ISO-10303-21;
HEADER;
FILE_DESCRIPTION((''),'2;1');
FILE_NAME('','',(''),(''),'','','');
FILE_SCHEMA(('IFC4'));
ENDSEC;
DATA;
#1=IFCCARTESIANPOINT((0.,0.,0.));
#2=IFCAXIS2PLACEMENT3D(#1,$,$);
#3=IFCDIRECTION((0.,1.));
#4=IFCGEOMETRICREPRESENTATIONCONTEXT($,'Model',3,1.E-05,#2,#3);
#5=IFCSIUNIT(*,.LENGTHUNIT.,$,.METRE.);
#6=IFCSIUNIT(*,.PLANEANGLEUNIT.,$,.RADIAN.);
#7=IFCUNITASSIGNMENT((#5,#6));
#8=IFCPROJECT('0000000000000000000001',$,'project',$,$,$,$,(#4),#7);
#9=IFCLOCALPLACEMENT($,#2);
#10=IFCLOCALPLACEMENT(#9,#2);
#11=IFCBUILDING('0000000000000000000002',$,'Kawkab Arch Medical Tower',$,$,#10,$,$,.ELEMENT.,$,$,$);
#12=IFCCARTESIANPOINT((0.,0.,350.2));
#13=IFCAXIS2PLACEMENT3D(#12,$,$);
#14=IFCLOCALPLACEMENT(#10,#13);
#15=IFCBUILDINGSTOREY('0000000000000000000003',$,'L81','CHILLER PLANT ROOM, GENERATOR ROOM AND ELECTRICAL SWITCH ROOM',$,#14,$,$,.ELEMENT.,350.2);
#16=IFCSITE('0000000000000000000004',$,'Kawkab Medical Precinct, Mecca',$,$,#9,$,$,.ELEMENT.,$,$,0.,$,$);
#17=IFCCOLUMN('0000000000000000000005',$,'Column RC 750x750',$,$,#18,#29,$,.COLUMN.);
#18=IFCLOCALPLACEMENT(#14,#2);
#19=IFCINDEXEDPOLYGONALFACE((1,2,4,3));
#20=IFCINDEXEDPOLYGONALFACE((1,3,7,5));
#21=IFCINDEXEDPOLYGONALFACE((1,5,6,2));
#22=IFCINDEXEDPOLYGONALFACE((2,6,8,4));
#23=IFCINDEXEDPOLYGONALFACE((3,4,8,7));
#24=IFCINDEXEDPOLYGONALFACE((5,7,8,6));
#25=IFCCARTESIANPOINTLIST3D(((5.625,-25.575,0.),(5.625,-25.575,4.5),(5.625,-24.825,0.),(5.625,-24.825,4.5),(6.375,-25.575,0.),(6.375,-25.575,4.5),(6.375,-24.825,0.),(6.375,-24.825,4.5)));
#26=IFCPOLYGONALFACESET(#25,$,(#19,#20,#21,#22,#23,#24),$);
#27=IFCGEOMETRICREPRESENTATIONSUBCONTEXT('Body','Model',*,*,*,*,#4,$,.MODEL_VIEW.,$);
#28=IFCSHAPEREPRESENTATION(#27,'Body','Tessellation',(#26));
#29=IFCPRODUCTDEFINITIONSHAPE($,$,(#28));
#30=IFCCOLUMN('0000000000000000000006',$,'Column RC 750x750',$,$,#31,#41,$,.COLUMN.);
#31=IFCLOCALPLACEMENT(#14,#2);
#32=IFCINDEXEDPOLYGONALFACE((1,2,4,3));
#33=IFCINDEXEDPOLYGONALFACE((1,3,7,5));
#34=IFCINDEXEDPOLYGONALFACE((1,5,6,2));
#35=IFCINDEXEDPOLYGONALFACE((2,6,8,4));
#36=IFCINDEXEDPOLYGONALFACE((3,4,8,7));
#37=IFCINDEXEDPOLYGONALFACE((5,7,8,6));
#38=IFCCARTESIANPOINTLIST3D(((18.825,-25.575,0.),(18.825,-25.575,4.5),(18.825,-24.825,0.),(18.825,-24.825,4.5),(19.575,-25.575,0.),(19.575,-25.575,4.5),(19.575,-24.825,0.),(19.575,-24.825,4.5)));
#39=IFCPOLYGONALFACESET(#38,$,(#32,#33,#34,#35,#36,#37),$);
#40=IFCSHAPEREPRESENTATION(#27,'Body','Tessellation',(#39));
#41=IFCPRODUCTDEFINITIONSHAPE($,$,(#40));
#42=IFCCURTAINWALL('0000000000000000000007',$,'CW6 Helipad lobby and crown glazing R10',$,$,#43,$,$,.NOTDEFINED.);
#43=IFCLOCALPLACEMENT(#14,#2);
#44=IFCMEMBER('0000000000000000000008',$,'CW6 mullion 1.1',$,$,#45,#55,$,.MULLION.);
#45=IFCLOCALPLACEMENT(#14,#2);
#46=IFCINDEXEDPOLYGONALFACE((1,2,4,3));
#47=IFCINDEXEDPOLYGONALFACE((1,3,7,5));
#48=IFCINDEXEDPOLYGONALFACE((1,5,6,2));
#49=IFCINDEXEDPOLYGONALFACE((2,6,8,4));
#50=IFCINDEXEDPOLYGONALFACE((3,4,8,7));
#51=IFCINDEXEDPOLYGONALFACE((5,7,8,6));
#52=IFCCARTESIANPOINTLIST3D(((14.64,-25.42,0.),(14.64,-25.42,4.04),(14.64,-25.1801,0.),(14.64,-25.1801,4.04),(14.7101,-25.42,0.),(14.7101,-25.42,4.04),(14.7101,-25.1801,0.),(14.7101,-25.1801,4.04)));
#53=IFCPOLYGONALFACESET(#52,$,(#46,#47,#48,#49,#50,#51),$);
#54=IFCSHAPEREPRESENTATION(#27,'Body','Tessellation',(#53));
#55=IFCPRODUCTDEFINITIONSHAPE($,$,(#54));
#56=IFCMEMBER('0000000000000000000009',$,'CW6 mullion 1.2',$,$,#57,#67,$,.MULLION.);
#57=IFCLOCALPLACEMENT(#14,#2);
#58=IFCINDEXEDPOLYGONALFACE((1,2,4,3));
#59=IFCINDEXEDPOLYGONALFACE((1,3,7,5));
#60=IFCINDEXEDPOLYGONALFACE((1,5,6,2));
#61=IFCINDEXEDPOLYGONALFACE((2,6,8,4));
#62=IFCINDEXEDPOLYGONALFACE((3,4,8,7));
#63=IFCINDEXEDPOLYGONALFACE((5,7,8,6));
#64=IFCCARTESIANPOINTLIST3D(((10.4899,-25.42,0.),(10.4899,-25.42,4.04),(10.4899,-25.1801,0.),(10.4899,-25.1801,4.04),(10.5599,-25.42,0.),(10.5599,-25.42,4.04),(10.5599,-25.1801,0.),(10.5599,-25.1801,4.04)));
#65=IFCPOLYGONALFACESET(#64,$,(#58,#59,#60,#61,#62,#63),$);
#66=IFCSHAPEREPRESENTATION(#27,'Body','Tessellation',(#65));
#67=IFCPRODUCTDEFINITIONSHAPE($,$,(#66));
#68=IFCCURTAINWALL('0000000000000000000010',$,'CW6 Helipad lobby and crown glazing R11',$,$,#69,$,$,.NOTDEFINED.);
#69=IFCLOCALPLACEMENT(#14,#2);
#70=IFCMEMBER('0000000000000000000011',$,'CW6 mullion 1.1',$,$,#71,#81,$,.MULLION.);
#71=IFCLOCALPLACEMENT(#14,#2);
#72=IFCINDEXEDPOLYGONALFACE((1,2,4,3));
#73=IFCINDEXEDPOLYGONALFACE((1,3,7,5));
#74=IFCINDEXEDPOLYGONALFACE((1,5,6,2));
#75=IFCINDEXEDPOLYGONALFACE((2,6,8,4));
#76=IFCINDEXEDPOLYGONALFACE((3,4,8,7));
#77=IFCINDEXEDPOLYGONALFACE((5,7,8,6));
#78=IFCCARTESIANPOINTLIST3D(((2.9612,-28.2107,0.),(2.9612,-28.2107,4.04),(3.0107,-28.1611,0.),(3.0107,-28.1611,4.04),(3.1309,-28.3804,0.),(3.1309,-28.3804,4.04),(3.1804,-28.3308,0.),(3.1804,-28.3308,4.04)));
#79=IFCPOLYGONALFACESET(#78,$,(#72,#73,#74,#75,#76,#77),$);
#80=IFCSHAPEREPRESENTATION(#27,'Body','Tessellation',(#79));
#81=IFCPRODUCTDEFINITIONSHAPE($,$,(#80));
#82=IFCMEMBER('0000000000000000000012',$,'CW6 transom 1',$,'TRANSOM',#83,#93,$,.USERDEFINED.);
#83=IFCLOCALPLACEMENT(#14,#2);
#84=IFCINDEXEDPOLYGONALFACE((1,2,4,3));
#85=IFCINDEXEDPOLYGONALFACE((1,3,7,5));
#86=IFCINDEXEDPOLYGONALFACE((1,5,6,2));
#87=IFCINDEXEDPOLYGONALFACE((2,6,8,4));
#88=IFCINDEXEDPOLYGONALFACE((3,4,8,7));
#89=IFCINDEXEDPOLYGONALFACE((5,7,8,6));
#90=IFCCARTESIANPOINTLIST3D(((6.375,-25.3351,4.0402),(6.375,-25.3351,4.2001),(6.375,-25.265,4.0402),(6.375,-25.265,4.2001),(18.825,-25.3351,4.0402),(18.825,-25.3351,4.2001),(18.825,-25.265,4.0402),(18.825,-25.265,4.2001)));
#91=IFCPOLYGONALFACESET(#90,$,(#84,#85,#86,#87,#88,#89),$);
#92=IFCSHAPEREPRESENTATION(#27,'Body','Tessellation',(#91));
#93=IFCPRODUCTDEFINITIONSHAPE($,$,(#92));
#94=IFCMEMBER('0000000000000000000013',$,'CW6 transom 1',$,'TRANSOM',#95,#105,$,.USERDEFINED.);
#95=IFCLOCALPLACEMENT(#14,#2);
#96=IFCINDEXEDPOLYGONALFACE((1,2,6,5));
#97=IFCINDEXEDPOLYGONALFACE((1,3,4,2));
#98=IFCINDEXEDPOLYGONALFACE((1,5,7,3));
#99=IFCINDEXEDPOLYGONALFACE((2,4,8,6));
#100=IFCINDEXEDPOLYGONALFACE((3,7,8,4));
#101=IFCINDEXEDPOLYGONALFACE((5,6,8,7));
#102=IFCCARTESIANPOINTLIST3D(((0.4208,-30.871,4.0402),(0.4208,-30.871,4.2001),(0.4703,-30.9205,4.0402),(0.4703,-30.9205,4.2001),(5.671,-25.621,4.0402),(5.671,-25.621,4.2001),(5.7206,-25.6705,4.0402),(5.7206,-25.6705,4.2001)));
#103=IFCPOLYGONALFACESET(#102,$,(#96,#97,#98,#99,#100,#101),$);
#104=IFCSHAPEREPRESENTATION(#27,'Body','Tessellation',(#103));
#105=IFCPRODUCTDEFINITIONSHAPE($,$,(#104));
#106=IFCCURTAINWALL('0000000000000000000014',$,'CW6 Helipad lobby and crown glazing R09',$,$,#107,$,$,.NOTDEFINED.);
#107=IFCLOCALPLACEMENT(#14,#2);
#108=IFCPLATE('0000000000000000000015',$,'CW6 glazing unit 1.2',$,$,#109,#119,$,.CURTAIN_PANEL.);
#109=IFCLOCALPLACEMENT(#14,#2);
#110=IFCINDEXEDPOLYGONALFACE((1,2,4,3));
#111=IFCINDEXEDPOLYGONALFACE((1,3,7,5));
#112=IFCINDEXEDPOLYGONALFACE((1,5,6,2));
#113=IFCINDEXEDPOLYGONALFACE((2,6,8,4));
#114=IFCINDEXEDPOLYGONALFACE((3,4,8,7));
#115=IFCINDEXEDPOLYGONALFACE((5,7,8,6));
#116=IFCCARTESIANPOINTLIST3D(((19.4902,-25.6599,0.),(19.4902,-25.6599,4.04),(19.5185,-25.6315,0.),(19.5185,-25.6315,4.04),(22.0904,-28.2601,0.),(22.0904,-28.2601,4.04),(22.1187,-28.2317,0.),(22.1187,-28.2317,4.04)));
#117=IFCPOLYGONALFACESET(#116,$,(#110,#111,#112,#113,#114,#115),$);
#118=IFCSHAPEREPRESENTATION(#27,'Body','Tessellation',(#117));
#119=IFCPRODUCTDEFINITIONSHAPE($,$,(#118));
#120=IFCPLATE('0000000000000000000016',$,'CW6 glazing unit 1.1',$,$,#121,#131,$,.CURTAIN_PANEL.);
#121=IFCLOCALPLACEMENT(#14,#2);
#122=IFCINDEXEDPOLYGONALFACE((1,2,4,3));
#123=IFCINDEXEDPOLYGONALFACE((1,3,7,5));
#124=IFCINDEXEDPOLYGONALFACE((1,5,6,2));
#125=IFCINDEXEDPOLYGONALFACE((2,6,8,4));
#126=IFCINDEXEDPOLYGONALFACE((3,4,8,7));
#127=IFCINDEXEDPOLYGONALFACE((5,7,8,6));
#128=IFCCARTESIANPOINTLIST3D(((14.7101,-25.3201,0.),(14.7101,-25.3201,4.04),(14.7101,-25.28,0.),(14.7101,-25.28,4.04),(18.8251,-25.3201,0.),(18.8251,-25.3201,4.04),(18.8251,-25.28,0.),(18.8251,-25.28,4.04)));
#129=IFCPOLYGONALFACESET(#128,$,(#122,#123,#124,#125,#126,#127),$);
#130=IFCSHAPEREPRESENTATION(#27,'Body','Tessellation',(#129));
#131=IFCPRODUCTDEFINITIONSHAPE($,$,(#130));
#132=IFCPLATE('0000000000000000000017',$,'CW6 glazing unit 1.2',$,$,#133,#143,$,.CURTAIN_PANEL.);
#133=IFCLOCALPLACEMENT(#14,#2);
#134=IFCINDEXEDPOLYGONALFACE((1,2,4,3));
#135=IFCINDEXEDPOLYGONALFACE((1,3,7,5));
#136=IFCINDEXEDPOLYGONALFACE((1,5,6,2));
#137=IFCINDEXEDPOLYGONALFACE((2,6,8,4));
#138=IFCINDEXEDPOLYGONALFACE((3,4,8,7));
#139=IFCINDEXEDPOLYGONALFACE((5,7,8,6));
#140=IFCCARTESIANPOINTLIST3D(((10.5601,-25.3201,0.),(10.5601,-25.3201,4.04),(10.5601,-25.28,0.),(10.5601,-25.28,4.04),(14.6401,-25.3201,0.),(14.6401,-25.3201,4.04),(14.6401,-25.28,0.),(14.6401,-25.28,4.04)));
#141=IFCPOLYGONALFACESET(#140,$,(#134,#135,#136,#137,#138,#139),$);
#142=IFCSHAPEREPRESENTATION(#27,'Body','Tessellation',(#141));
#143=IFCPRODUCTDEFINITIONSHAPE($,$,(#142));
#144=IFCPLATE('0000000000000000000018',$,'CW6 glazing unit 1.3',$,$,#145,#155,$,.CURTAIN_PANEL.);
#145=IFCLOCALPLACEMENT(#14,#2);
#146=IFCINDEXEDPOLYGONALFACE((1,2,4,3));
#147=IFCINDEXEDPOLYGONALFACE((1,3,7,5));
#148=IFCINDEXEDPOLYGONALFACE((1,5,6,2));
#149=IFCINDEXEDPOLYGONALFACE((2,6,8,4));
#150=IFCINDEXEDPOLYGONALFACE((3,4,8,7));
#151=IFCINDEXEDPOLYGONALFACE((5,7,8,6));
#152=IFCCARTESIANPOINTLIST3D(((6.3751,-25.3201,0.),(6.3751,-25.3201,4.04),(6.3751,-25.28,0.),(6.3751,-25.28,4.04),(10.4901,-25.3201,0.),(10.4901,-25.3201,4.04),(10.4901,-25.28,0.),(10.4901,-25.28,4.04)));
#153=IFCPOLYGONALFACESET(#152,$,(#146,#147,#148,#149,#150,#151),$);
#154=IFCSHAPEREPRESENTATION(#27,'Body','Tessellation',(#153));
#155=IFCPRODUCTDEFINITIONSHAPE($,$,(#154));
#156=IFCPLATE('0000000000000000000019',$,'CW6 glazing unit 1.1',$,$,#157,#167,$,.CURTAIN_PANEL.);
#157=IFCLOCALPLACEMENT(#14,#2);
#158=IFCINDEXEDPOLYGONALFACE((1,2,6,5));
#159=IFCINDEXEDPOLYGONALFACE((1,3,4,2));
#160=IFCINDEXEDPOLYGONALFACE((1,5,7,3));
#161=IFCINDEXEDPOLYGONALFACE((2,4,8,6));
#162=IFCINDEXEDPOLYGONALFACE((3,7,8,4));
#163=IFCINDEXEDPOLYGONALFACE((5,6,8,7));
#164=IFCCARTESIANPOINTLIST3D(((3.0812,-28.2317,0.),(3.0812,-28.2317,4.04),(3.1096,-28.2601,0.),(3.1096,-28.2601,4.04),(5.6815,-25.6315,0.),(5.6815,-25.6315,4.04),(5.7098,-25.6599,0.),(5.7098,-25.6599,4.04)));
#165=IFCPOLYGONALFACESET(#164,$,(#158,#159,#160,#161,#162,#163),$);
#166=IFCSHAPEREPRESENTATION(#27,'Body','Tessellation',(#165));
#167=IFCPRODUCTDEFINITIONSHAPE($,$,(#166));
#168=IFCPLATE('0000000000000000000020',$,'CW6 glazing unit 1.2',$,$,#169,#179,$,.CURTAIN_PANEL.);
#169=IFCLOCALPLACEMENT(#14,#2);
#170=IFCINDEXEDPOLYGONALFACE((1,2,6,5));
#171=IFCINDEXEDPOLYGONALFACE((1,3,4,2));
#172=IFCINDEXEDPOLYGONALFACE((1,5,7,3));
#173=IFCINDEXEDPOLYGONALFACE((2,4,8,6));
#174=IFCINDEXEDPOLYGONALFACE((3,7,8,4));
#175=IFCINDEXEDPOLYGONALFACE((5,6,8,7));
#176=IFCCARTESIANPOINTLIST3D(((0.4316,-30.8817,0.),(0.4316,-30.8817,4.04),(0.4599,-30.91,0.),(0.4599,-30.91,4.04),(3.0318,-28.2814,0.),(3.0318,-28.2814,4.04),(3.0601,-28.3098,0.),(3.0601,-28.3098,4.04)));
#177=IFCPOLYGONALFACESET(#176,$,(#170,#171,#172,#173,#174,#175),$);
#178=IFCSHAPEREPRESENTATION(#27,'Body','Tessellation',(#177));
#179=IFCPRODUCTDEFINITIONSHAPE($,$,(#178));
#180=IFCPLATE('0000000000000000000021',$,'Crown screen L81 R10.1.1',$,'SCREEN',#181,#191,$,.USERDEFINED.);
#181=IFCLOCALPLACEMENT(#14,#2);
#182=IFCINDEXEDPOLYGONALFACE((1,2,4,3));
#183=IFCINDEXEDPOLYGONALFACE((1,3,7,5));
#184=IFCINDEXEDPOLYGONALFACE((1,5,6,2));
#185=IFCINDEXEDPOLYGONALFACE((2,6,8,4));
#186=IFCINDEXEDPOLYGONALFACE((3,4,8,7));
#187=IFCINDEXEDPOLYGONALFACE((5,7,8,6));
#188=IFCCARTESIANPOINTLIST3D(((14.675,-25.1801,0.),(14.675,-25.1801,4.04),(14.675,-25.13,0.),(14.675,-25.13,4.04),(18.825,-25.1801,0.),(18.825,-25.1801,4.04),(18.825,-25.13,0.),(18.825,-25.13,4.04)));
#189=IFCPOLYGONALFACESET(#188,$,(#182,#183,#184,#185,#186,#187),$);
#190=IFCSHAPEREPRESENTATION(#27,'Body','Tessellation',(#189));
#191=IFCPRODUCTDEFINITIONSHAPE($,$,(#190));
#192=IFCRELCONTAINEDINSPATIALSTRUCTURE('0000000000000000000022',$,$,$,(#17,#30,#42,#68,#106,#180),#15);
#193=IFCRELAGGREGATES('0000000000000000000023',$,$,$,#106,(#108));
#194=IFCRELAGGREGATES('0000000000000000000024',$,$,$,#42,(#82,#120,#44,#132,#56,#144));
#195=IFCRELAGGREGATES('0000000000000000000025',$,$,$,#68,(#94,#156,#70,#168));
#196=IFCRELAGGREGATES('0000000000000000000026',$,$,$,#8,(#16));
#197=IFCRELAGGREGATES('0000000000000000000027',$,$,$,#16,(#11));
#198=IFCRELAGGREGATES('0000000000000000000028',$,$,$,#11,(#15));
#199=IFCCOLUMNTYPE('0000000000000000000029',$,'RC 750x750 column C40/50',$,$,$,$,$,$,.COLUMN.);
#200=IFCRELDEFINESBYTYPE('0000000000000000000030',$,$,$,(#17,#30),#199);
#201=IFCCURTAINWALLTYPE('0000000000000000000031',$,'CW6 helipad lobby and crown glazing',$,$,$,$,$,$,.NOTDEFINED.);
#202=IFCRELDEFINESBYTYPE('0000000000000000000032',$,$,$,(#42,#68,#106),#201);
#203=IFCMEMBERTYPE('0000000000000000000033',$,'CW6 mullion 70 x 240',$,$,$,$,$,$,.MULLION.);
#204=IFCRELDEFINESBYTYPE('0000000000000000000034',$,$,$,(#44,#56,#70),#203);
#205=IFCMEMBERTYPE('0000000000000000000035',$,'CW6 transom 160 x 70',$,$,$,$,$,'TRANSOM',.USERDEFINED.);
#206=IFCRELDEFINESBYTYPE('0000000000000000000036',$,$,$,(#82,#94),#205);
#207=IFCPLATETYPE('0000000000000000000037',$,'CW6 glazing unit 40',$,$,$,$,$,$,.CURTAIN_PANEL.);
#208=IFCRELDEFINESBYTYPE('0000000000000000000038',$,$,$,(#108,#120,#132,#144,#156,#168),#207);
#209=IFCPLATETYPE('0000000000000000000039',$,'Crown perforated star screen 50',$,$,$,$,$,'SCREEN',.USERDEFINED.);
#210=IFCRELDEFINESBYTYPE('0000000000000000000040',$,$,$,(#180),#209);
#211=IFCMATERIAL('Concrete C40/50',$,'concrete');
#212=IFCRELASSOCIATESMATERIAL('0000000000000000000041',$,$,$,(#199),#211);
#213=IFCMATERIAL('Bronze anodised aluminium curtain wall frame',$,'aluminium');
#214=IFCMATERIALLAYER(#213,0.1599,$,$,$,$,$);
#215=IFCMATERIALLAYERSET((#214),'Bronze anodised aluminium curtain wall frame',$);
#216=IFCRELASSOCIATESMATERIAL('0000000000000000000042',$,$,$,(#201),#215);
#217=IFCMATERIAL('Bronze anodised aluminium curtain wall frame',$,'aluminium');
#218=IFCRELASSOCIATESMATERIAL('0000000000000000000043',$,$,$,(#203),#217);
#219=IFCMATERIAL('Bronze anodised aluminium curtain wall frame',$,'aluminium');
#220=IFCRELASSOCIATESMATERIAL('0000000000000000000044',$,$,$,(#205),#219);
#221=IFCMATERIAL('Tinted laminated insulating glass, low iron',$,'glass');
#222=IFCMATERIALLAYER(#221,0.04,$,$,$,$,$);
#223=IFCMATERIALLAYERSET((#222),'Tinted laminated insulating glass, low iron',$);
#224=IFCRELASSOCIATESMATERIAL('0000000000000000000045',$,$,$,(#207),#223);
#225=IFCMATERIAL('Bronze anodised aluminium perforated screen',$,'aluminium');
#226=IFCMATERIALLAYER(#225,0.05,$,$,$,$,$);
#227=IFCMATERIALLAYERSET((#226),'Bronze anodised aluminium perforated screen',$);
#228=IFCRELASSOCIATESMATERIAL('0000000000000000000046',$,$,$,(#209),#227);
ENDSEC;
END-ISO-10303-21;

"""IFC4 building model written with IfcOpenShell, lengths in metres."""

from ifc_helpers import new_model, si_unit, direction, frame, origin, origin_2d, place, context, subcontext, project, spatial, rectangle, extrude, material, layer, layer_set, material_profile, profile_set, type_object, element, aggregate, save


model = new_model("IFC4")

# Units and contexts
model_context = context("Model", 3, precision=1e-05, world=origin(), true_north=direction((0.0, 1.0)))
body_context = subcontext(model_context, "Body", "Model", "MODEL_VIEW")
ifc_project = project(units=[si_unit("LENGTHUNIT", "METRE"), si_unit("PLANEANGLEUNIT", "RADIAN")], contexts=[model_context])

# Site, building, storey
site_placement = place(None, origin())
site = spatial("IfcSite", under=ifc_project, at=site_placement, Name="Kawkab Medical Precinct, Mecca", CompositionType="ELEMENT", RefElevation=0.0)
building_placement = place(site_placement, origin())
building = spatial("IfcBuilding", under=site, at=building_placement, Name="Kawkab Arch Medical Tower", CompositionType="ELEMENT")
storey_placement = place(building_placement, frame((0.0, 0.0, 350.2)))
storey = spatial("IfcBuildingStorey", under=building, at=storey_placement, Name="L81", Description="CHILLER PLANT ROOM, GENERATOR ROOM AND ELECTRICAL SWITCH ROOM", CompositionType="ELEMENT", Elevation=350.2)

# Columns
ifc_material_1 = material(Name="Concrete C40/50", Category="concrete")
ifc_material_profile_1 = material_profile(ifc_material_1, rectangle(XDim=0.75, YDim=0.75, at=origin_2d()), Name="RC 750x750")
ifc_profile_set_1 = profile_set([ifc_material_profile_1], Name="Concrete C40/50")
column_type = type_object("IfcColumnType", Name="RC 750x750 column C40/50", PredefinedType="COLUMN", material=ifc_profile_set_1)
for number, where, z_axis, x_axis, name in (
    (1, (6.0, -25.2, 0.0), (0.0, 0.0, 1.0), (1.0, 0.0, 0.0), "Column RC 750x750"),
    (2, (19.2, -25.2, 0.0), (0.0, 0.0, 1.0), (1.0, 0.0, 0.0), "Column RC 750x750"),
):
    element("IfcColumn", number, at=place(storey_placement, frame(where, z_axis=z_axis, x_axis=x_axis)), inside=storey, type_object=column_type, Name=name, PredefinedType="COLUMN", context=body_context, shape_type="SweptSolid", body=[
        extrude(rectangle(XDim=0.75, YDim=0.75, at=origin_2d()), origin(), (0.0, 0.0, 1.0), 4.5),
    ])

# Curtain wall, members
ifc_material_2 = material(Name="Bronze anodised aluminium curtain wall frame", Category="aluminium")
ifc_layer_1 = layer(ifc_material_2, 0.1599)
ifc_layer_set_1 = layer_set([ifc_layer_1], Name="Bronze anodised aluminium curtain wall frame")
curtain_wall_type = type_object("IfcCurtainWallType", Name="CW6 helipad lobby and crown glazing", PredefinedType="NOTDEFINED", material=ifc_layer_set_1)
placement_1 = place(storey_placement, origin())
curtain_wall_1 = element("IfcCurtainWall", 3, at=placement_1, inside=storey, type_object=curtain_wall_type, Name="CW6 Helipad lobby and crown glazing R10", PredefinedType="NOTDEFINED")
ifc_material_3 = material(Name="Bronze anodised aluminium curtain wall frame", Category="aluminium")
ifc_material_profile_2 = material_profile(ifc_material_3, rectangle(XDim=0.24, YDim=0.0701, at=origin_2d()), Name="AL 70x240")
ifc_profile_set_2 = profile_set([ifc_material_profile_2], Name="Bronze anodised aluminium curtain wall frame")
member_type_1 = type_object("IfcMemberType", Name="CW6 mullion 70 x 240", PredefinedType="MULLION", material=ifc_profile_set_2)
member_1_placement = place(storey_placement, frame((14.675, -25.3, 0.0), z_axis=(0.0, 0.0, 1.0), x_axis=(0.0, -1.0, 0.0)))
member_1 = element("IfcMember", 4, at=member_1_placement, type_object=member_type_1, Name="CW6 mullion 1.1", PredefinedType="MULLION", context=body_context, shape_type="SweptSolid", body=[
    extrude(rectangle(XDim=0.24, YDim=0.0701, at=origin_2d()), origin(), (0.0, 0.0, 1.0), 4.04),
])
member_2_placement = place(storey_placement, frame((10.5249, -25.3, 0.0), z_axis=(0.0, 0.0, 1.0), x_axis=(0.0, -1.0, 0.0)))
member_2 = element("IfcMember", 5, at=member_2_placement, type_object=member_type_1, Name="CW6 mullion 1.2", PredefinedType="MULLION", context=body_context, shape_type="SweptSolid", body=[
    extrude(rectangle(XDim=0.24, YDim=0.0701, at=origin_2d()), origin(), (0.0, 0.0, 1.0), 4.04),
])

# Curtain wall, member
curtain_wall_2 = element("IfcCurtainWall", 6, at=placement_1, inside=storey, type_object=curtain_wall_type, Name="CW6 Helipad lobby and crown glazing R11", PredefinedType="NOTDEFINED")
member_3_placement = place(storey_placement, frame((3.0708, -28.2708, 0.0), z_axis=(0.0, 0.0, 1.0), x_axis=(0.707107, -0.707107, 0.0)))
member_3 = element("IfcMember", 7, at=member_3_placement, type_object=member_type_1, Name="CW6 mullion 1.1", PredefinedType="MULLION", context=body_context, shape_type="SweptSolid", body=[
    extrude(rectangle(XDim=0.24, YDim=0.0701, at=origin_2d()), origin(), (0.0, 0.0, 1.0), 4.04),
])

# Members
ifc_material_4 = material(Name="Bronze anodised aluminium curtain wall frame", Category="aluminium")
ifc_material_profile_3 = material_profile(ifc_material_4, rectangle(XDim=0.0701, YDim=0.1599, at=origin_2d()), Name="AL 70x160")
ifc_profile_set_3 = profile_set([ifc_material_profile_3], Name="Bronze anodised aluminium curtain wall frame")
member_type_2 = type_object("IfcMemberType", Name="CW6 transom 160 x 70", ElementType="TRANSOM", PredefinedType="USERDEFINED", material=ifc_profile_set_3)
member_4_placement = place(storey_placement, frame((18.825, -25.3, 4.1201), z_axis=(-1.0, 0.0, 0.0), x_axis=(0.0, -1.0, 0.0)))
member_4 = element("IfcMember", 8, at=member_4_placement, type_object=member_type_2, Name="CW6 transom 1", ObjectType="TRANSOM", PredefinedType="USERDEFINED", context=body_context, shape_type="SweptSolid", body=[
    extrude(rectangle(XDim=0.0701, YDim=0.1599, at=origin_2d()), origin(), (0.0, 0.0, 1.0), 12.45),
])
member_5_placement = place(storey_placement, frame((5.6958, -25.6458, 4.1201), z_axis=(-0.707123, -0.70709, 0.0), x_axis=(0.70709, -0.707123, 0.0)))
member_5 = element("IfcMember", 9, at=member_5_placement, type_object=member_type_2, Name="CW6 transom 1", ObjectType="TRANSOM", PredefinedType="USERDEFINED", context=body_context, shape_type="SweptSolid", body=[
    extrude(rectangle(XDim=0.0701, YDim=0.1599, at=origin_2d()), origin(), (0.0, 0.0, 1.0), 7.4248),
])

# Curtain wall, plate
curtain_wall_3 = element("IfcCurtainWall", 10, at=placement_1, inside=storey, type_object=curtain_wall_type, Name="CW6 Helipad lobby and crown glazing R09", PredefinedType="NOTDEFINED")
ifc_material_5 = material(Name="Tinted laminated insulating glass, low iron", Category="glass")
ifc_layer_2 = layer(ifc_material_5, 0.04)
ifc_layer_set_2 = layer_set([ifc_layer_2], Name="Tinted laminated insulating glass, low iron")
plate_type_1 = type_object("IfcPlateType", Name="CW6 glazing unit 40", PredefinedType="CURTAIN_PANEL", material=ifc_layer_set_2)
plate_1_placement = place(storey_placement, frame((20.8044, -26.9458, 0.0), z_axis=(0.0, 0.0, 1.0), x_axis=(-0.707107, 0.707107, 0.0)))
plate_1 = element("IfcPlate", 11, at=plate_1_placement, type_object=plate_type_1, Name="CW6 glazing unit 1.2", PredefinedType="CURTAIN_PANEL", context=body_context, shape_type="SweptSolid", body=[
    extrude(rectangle(XDim=3.6772, YDim=0.04, at=origin_2d()), origin(), (0.0, 0.0, 1.0), 4.04),
])
aggregate(curtain_wall_3, [plate_1])

# Plates
plate_2_placement = place(storey_placement, frame((16.7676, -25.3, 0.0), z_axis=(0.0, 0.0, 1.0), x_axis=(-1.0, 0.0, 0.0)))
plate_2 = element("IfcPlate", 12, at=plate_2_placement, type_object=plate_type_1, Name="CW6 glazing unit 1.1", PredefinedType="CURTAIN_PANEL", context=body_context, shape_type="SweptSolid", body=[
    extrude(rectangle(XDim=4.115, YDim=0.04, at=origin_2d()), origin(), (0.0, 0.0, 1.0), 4.04),
])
plate_3_placement = place(storey_placement, frame((12.6001, -25.3, 0.0), z_axis=(0.0, 0.0, 1.0), x_axis=(-1.0, 0.0, 0.0)))
plate_3 = element("IfcPlate", 13, at=plate_3_placement, type_object=plate_type_1, Name="CW6 glazing unit 1.2", PredefinedType="CURTAIN_PANEL", context=body_context, shape_type="SweptSolid", body=[
    extrude(rectangle(XDim=4.0801, YDim=0.04, at=origin_2d()), origin(), (0.0, 0.0, 1.0), 4.04),
])
plate_4_placement = place(storey_placement, frame((8.4326, -25.3, 0.0), z_axis=(0.0, 0.0, 1.0), x_axis=(-1.0, 0.0, 0.0)))
plate_4 = element("IfcPlate", 14, at=plate_4_placement, type_object=plate_type_1, Name="CW6 glazing unit 1.3", PredefinedType="CURTAIN_PANEL", context=body_context, shape_type="SweptSolid", body=[
    extrude(rectangle(XDim=4.115, YDim=0.04, at=origin_2d()), origin(), (0.0, 0.0, 1.0), 4.04),
])
aggregate(curtain_wall_1, [member_4, plate_2, member_1, plate_3, member_2, plate_4])
plate_5_placement = place(storey_placement, frame((4.3955, -26.9458, 0.0), z_axis=(0.0, 0.0, 1.0), x_axis=(-0.707107, -0.707107, 0.0)))
plate_5 = element("IfcPlate", 15, at=plate_5_placement, type_object=plate_type_1, Name="CW6 glazing unit 1.1", PredefinedType="CURTAIN_PANEL", context=body_context, shape_type="SweptSolid", body=[
    extrude(rectangle(XDim=3.6772, YDim=0.04, at=origin_2d()), origin(), (0.0, 0.0, 1.0), 4.04),
])
plate_6_placement = place(storey_placement, frame((1.7458, -29.5957, 0.0), z_axis=(0.0, 0.0, 1.0), x_axis=(-0.707107, -0.707107, 0.0)))
plate_6 = element("IfcPlate", 16, at=plate_6_placement, type_object=plate_type_1, Name="CW6 glazing unit 1.2", PredefinedType="CURTAIN_PANEL", context=body_context, shape_type="SweptSolid", body=[
    extrude(rectangle(XDim=3.6772, YDim=0.04, at=origin_2d()), origin(), (0.0, 0.0, 1.0), 4.04),
])
aggregate(curtain_wall_2, [member_5, plate_5, member_3, plate_6])

# Plate
ifc_material_6 = material(Name="Bronze anodised aluminium perforated screen", Category="aluminium")
ifc_layer_3 = layer(ifc_material_6, 0.05)
ifc_layer_set_3 = layer_set([ifc_layer_3], Name="Bronze anodised aluminium perforated screen")
plate_type_2 = type_object("IfcPlateType", Name="Crown perforated star screen 50", ElementType="SCREEN", PredefinedType="USERDEFINED", material=ifc_layer_set_3)
for number, where, z_axis, x_axis, name in (
    (17, (16.75, -25.155, 0.0), (0.0, 0.0, 1.0), (-1.0, 0.0, 0.0), "Crown screen L81 R10.1.1"),
):
    element("IfcPlate", number, at=place(storey_placement, frame(where, z_axis=z_axis, x_axis=x_axis)), inside=storey, type_object=plate_type_2, Name=name, ObjectType="SCREEN", PredefinedType="USERDEFINED", context=body_context, shape_type="SweptSolid", body=[
        extrude(rectangle(XDim=4.1499, YDim=0.05, at=origin_2d()), origin(), (0.0, 0.0, 1.0), 4.04),
    ])

save(model, "model.ifc")
